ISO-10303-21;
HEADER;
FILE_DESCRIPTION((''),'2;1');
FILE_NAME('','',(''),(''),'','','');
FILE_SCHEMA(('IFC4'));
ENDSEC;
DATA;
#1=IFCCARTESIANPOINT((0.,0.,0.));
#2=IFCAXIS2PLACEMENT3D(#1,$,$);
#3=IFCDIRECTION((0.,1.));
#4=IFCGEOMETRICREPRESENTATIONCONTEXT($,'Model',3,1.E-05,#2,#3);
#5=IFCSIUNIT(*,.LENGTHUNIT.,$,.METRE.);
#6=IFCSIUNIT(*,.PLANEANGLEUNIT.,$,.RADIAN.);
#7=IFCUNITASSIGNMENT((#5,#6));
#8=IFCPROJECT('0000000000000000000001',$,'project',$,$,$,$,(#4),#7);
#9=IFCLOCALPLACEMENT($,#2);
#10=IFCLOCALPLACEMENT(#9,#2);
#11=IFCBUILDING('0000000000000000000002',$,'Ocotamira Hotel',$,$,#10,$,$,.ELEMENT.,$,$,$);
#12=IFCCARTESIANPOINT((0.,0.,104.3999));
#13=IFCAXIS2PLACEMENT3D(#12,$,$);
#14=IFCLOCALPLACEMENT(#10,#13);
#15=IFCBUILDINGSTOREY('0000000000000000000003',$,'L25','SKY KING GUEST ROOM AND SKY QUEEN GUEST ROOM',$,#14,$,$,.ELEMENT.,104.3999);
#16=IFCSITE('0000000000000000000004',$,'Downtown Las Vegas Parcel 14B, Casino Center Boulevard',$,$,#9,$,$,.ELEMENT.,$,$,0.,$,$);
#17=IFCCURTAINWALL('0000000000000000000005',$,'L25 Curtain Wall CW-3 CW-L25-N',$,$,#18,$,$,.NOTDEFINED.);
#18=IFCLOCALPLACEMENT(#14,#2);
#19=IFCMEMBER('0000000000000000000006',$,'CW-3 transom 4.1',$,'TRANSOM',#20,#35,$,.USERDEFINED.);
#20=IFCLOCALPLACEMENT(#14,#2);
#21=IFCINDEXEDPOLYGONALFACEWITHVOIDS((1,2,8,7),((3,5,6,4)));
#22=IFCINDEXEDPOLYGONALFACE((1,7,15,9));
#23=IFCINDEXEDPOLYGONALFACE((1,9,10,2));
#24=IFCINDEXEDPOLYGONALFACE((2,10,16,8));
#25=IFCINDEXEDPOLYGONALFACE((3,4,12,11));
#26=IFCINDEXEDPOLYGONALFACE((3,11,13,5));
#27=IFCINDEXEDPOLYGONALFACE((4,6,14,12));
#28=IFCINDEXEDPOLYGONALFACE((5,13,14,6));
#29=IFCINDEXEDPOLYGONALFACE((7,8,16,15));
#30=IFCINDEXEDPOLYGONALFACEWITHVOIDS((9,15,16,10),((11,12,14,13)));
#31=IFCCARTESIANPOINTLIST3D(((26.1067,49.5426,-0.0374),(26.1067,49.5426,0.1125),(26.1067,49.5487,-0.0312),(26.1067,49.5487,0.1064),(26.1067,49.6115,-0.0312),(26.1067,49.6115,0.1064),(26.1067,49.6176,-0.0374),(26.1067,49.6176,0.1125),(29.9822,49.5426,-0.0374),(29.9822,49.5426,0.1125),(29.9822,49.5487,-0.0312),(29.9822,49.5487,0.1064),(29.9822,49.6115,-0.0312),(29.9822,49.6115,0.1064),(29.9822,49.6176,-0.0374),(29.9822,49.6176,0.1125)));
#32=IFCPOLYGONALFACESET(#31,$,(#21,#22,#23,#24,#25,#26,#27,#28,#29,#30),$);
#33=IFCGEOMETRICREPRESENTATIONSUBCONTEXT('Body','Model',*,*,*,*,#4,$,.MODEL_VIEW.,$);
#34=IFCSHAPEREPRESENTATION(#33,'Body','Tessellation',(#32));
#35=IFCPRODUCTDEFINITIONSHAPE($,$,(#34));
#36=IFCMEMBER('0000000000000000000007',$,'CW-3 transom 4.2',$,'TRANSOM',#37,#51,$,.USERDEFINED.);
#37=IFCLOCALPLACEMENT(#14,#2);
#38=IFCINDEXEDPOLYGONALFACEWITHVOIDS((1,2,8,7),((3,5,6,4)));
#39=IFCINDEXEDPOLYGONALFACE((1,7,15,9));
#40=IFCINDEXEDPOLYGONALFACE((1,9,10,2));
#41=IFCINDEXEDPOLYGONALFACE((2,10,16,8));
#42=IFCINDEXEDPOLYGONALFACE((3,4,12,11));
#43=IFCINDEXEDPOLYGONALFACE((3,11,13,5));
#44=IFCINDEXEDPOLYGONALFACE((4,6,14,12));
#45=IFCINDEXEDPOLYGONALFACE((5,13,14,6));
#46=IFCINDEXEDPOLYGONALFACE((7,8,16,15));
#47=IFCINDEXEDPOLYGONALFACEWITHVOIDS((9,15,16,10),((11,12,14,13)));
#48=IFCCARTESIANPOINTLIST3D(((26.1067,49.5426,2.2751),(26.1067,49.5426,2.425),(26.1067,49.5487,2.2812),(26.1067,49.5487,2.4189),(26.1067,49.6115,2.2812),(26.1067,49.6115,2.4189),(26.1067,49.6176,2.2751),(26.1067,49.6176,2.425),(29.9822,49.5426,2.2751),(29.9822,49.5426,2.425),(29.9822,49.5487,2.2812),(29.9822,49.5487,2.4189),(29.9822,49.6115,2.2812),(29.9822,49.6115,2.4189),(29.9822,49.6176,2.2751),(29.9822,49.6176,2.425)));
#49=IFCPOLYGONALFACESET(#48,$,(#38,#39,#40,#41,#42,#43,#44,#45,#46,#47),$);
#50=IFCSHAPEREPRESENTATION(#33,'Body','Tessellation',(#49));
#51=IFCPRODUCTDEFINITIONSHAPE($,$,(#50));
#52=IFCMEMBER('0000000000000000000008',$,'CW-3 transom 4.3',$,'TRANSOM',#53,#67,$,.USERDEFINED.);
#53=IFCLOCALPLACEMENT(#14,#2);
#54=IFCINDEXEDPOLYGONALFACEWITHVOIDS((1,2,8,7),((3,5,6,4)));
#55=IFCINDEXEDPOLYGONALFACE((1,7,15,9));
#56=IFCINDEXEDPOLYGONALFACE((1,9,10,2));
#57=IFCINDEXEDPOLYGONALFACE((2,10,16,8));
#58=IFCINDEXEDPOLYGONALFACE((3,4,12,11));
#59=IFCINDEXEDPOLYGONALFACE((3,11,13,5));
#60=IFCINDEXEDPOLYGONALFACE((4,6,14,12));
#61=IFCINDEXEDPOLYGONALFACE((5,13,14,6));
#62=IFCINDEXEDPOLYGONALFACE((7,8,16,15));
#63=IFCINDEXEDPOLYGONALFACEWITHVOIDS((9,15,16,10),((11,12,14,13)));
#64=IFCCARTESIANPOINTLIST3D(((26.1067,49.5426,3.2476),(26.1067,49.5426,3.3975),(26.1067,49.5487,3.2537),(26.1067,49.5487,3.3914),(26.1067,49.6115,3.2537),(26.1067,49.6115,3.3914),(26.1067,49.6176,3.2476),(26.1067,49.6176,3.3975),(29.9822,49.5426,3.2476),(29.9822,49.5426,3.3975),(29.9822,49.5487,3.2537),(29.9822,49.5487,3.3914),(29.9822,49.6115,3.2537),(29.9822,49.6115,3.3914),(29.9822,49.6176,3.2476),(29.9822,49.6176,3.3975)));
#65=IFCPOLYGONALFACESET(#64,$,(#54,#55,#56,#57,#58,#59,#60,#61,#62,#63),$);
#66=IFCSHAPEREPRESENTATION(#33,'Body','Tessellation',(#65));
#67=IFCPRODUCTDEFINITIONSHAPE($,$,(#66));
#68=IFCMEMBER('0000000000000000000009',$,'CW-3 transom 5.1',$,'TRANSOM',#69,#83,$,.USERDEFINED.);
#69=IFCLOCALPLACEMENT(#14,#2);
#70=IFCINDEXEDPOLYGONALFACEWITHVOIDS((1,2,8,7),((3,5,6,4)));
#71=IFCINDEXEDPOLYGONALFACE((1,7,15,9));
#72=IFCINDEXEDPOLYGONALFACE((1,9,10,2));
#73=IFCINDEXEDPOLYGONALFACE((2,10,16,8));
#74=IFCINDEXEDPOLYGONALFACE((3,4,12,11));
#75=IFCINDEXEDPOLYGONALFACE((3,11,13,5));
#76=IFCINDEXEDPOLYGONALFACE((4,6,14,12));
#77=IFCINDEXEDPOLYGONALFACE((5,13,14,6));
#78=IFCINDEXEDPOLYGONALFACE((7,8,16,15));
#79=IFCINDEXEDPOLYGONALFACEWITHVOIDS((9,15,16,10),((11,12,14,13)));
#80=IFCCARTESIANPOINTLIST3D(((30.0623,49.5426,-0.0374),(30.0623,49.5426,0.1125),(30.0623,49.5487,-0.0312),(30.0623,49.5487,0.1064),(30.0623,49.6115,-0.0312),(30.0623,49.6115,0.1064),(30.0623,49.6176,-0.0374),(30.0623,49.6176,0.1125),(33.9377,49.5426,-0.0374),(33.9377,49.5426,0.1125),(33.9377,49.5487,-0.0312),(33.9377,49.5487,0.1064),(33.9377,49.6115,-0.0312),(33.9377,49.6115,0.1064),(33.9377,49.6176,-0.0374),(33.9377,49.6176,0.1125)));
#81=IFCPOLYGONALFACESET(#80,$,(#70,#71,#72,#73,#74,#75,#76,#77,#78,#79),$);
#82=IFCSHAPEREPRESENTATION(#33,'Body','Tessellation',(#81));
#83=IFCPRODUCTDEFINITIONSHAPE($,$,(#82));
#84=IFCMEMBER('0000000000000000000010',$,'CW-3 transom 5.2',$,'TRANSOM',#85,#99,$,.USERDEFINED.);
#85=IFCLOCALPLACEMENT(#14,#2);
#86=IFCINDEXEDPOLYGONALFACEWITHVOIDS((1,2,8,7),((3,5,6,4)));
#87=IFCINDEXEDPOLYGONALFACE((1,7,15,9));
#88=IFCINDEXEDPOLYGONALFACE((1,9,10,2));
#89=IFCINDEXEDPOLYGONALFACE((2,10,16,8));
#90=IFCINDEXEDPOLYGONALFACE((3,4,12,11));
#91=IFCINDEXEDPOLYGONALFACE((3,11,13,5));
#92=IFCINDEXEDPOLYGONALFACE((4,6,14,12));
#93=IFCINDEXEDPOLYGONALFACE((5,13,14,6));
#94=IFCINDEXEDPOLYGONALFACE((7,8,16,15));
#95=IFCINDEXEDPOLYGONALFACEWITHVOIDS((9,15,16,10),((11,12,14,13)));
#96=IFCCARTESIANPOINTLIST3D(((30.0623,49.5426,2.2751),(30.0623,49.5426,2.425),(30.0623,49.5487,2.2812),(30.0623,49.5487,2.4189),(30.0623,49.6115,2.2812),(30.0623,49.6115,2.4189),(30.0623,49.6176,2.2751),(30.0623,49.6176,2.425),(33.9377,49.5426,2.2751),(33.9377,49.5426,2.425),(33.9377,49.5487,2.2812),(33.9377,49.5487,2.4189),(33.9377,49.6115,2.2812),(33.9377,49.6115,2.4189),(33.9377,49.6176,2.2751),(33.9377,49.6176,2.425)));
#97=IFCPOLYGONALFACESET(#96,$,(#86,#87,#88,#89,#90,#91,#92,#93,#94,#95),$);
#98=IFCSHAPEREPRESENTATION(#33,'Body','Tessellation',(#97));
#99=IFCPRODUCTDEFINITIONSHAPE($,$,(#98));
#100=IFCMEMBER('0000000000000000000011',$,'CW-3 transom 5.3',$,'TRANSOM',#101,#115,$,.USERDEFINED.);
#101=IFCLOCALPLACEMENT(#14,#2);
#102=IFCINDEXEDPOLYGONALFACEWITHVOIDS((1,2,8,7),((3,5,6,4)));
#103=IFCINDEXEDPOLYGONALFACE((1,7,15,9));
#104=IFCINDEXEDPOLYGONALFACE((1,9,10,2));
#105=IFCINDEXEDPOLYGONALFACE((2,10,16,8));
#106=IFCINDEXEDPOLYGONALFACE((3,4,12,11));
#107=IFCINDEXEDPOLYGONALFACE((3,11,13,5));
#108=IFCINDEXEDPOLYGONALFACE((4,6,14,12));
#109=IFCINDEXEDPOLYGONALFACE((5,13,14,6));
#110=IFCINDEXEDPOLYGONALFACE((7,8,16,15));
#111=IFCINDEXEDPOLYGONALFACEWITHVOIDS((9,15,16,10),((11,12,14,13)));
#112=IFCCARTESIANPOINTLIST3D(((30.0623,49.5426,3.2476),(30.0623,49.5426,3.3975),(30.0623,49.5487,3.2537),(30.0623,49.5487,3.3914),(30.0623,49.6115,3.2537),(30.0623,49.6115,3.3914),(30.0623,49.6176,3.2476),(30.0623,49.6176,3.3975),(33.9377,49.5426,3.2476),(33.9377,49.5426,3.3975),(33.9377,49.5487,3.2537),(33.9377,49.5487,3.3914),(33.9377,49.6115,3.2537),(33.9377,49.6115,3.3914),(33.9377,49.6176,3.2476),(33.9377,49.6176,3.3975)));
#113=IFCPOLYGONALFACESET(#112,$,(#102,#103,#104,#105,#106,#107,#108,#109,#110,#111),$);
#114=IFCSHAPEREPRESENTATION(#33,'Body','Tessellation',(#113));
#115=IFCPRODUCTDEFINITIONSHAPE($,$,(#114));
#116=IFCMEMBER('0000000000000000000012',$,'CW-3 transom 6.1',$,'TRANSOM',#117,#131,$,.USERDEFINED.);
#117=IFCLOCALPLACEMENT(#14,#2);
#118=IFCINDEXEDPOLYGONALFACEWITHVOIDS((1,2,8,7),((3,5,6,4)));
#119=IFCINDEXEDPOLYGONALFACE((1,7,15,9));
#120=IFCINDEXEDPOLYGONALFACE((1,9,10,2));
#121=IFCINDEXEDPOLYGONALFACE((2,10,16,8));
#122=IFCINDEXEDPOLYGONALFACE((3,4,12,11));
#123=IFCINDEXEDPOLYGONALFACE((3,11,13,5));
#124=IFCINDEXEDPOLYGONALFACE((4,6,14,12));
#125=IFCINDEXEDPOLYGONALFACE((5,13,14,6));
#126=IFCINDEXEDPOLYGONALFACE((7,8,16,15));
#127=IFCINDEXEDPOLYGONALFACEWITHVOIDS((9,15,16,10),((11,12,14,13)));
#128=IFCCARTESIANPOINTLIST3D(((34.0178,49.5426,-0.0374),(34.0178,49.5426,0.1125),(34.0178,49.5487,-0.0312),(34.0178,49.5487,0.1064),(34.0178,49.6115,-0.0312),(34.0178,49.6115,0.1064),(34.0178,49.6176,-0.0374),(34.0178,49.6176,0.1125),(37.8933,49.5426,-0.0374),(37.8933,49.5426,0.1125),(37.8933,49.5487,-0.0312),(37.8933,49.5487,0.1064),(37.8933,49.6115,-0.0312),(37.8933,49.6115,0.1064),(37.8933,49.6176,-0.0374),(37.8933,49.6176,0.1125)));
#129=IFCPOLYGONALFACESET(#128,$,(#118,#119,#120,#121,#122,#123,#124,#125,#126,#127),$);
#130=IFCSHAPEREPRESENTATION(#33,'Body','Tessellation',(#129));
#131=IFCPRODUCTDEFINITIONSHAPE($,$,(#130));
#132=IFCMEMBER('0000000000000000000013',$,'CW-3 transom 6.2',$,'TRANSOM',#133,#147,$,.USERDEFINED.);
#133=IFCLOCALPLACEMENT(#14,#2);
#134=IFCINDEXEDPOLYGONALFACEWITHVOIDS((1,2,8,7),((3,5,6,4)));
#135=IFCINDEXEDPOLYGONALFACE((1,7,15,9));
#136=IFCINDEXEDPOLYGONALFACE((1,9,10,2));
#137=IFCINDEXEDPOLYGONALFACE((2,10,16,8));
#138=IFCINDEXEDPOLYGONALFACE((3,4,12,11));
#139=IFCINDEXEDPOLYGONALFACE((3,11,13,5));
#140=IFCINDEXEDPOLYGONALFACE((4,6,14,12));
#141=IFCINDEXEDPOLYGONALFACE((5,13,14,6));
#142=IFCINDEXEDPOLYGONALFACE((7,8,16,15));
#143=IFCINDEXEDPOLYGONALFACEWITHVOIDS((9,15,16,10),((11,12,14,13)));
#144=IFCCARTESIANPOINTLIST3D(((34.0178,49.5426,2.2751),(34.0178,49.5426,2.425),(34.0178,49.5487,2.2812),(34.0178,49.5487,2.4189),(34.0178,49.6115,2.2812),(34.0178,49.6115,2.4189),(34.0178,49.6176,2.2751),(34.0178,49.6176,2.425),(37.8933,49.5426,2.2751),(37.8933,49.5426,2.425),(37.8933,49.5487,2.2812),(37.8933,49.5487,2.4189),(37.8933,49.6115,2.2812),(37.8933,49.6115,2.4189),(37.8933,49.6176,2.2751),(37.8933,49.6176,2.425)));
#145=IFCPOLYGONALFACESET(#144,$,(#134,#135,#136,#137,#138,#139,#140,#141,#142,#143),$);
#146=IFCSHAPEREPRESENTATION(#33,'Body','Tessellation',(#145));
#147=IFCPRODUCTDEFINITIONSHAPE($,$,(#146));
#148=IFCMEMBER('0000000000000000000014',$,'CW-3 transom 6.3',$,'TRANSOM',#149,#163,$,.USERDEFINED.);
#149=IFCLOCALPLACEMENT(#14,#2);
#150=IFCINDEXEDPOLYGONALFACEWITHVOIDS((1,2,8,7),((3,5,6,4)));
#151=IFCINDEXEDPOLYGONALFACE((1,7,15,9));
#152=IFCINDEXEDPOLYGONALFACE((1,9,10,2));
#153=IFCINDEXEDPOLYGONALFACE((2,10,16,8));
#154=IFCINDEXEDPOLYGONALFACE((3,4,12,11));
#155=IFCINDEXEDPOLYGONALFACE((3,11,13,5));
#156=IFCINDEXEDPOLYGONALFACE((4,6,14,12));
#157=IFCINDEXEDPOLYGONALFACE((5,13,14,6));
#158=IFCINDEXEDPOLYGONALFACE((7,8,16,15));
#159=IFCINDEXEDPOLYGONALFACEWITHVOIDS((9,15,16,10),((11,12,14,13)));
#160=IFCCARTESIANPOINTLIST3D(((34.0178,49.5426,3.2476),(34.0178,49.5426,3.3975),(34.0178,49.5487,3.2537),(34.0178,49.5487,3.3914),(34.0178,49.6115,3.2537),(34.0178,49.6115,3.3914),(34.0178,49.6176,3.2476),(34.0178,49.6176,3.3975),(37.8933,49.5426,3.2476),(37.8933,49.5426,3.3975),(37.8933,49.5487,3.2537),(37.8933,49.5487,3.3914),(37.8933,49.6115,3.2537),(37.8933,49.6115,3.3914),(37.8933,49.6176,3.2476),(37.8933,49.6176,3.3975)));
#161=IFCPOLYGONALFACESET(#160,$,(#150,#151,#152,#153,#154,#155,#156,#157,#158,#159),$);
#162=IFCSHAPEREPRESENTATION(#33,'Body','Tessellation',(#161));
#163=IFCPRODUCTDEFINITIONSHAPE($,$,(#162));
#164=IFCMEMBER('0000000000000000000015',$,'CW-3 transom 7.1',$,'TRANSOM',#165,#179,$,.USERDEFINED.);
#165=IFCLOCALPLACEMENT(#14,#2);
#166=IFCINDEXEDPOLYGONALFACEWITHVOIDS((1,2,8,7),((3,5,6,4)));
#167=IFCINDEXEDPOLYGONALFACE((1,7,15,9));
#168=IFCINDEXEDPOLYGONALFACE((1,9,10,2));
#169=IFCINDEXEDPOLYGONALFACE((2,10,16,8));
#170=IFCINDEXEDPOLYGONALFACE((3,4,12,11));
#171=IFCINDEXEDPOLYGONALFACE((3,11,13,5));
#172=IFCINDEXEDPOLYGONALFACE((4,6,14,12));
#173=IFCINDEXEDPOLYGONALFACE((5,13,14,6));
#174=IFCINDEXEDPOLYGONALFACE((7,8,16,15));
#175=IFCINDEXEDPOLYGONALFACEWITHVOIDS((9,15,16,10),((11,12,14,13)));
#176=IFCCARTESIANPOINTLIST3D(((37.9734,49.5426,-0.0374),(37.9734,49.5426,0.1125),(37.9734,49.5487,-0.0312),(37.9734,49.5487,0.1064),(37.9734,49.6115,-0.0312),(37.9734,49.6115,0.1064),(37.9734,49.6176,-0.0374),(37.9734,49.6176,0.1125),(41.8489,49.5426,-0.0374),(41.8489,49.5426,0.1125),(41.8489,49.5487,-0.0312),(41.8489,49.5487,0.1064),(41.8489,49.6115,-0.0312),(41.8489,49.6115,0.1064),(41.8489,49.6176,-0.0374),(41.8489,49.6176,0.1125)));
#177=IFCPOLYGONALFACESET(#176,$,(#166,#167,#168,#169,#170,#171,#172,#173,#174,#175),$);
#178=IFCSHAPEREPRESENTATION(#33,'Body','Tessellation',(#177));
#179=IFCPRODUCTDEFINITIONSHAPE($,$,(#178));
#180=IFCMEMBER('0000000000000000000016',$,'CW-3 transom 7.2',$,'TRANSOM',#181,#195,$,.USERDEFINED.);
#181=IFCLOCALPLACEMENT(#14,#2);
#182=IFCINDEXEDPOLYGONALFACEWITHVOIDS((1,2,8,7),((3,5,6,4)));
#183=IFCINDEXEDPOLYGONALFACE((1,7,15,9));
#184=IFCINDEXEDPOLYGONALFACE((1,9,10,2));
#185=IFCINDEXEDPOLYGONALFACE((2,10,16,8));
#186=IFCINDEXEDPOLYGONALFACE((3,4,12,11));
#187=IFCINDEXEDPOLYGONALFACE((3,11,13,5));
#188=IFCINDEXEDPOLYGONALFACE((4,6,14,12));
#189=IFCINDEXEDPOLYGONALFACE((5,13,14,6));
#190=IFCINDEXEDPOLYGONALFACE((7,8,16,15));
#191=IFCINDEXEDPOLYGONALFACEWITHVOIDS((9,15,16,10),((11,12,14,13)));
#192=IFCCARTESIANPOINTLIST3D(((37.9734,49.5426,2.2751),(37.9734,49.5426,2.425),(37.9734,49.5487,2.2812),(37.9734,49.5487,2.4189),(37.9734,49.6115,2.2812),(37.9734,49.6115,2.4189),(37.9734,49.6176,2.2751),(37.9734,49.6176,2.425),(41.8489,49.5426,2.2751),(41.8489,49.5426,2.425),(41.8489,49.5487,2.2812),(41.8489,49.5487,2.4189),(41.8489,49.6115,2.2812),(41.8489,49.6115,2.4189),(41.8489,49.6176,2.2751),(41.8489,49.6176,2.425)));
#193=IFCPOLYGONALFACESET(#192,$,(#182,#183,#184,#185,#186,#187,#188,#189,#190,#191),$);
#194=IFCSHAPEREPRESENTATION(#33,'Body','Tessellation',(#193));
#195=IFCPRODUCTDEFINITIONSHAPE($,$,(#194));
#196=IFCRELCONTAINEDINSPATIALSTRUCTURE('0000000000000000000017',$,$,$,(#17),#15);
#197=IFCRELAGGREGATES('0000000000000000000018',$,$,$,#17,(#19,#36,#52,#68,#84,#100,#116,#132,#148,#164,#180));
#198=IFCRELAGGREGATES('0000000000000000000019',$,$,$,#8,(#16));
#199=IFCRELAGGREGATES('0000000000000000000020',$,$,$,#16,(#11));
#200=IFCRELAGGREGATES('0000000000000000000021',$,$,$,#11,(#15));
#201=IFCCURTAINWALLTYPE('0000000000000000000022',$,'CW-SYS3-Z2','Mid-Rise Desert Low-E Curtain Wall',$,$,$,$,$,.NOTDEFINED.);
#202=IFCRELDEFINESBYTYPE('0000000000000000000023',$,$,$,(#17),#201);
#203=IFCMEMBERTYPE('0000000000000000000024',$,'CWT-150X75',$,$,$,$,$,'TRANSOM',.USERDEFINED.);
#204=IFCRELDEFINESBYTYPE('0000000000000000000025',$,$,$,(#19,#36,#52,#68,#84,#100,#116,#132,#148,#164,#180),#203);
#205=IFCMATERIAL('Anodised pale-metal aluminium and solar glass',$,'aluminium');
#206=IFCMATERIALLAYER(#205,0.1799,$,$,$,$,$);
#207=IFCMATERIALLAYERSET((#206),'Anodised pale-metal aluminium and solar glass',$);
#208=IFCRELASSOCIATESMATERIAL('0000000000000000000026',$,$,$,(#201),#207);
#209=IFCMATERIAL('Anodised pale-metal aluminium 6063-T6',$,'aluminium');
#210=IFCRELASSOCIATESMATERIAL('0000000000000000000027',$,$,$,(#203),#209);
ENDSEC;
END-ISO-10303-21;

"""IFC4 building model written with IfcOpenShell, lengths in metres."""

from ifc_helpers import new_model, si_unit, direction, frame, origin, origin_2d, place, context, subcontext, project, spatial, hollow_rectangle, extrude, source, transform, mapped, material, layer, layer_set, material_profile, profile_set, type_object, element, aggregate, save


model = new_model("IFC4")

# Units and contexts
model_context = context("Model", 3, precision=1e-05, world=origin(), true_north=direction((0.0, 1.0)))
body_context = subcontext(model_context, "Body", "Model", "MODEL_VIEW")
ifc_project = project(units=[si_unit("LENGTHUNIT", "METRE"), si_unit("PLANEANGLEUNIT", "RADIAN")], contexts=[model_context])

# Site, building, storey
site_placement = place(None, origin())
site = spatial("IfcSite", under=ifc_project, at=site_placement, Name="Downtown Las Vegas Parcel 14B, Casino Center Boulevard", CompositionType="ELEMENT", RefElevation=0.0)
building_placement = place(site_placement, origin())
building = spatial("IfcBuilding", under=site, at=building_placement, Name="Ocotamira Hotel", CompositionType="ELEMENT")
storey_placement = place(building_placement, frame((0.0, 0.0, 104.3999)))
storey = spatial("IfcBuildingStorey", under=building, at=storey_placement, Name="L25", Description="SKY KING GUEST ROOM AND SKY QUEEN GUEST ROOM", CompositionType="ELEMENT", Elevation=104.3999)

# Curtain wall, members
ifc_material_1 = material(Name="Anodised pale-metal aluminium and solar glass", Category="aluminium")
ifc_layer_1 = layer(ifc_material_1, 0.1799)
ifc_layer_set_1 = layer_set([ifc_layer_1], Name="Anodised pale-metal aluminium and solar glass")
curtain_wall_type = type_object("IfcCurtainWallType", Name="CW-SYS3-Z2", Description="Mid-Rise Desert Low-E Curtain Wall", PredefinedType="NOTDEFINED", material=ifc_layer_set_1)
curtain_wall_placement = place(storey_placement, origin())
curtain_wall = element("IfcCurtainWall", 1, at=curtain_wall_placement, inside=storey, type_object=curtain_wall_type, Name="L25 Curtain Wall CW-3 CW-L25-N", PredefinedType="NOTDEFINED")
ifc_material_2 = material(Name="Anodised pale-metal aluminium 6063-T6", Category="aluminium")
ifc_material_profile_1 = material_profile(ifc_material_2, hollow_rectangle(XDim=0.075, YDim=0.1499, WallThickness=0.0061, at=origin_2d()), Name="HSS150X75X6")
ifc_profile_set_1 = profile_set([ifc_material_profile_1], Name="Anodised pale-metal aluminium 6063-T6")
member_type_1 = type_object("IfcMemberType", Name="CWT-150X75", ElementType="TRANSOM", PredefinedType="USERDEFINED", material=ifc_profile_set_1)
shared_shape_1 = source(origin(), body_context, "Body", "SweptSolid", [
    extrude(hollow_rectangle(XDim=0.075, YDim=0.1499, WallThickness=0.0061, at=origin_2d()), origin(), (0.0, 0.0, 1.0), 3.8755),
])
member_1_placement = place(storey_placement, frame((26.1067, 49.5801, 0.0376), z_axis=(1.0, 0.0, 0.0), x_axis=(0.0, 1.0, 0.0)))
member_1 = element("IfcMember", 2, at=member_1_placement, type_object=member_type_1, Name="CW-3 transom 4.1", ObjectType="TRANSOM", PredefinedType="USERDEFINED", context=body_context, shape_type="MappedRepresentation", body=[
    mapped(shared_shape_1, transform((0.0, 0.0, 0.0), scale=1.0)),
])
member_2_placement = place(storey_placement, frame((26.1067, 49.5801, 2.3501), z_axis=(1.0, 0.0, 0.0), x_axis=(0.0, 1.0, 0.0)))
member_2 = element("IfcMember", 3, at=member_2_placement, type_object=member_type_1, Name="CW-3 transom 4.2", ObjectType="TRANSOM", PredefinedType="USERDEFINED", context=body_context, shape_type="MappedRepresentation", body=[
    mapped(shared_shape_1, transform((0.0, 0.0, 0.0), scale=1.0)),
])
member_3_placement = place(storey_placement, frame((26.1067, 49.5801, 3.3225), z_axis=(1.0, 0.0, 0.0), x_axis=(0.0, 1.0, 0.0)))
member_3 = element("IfcMember", 4, at=member_3_placement, type_object=member_type_1, Name="CW-3 transom 4.3", ObjectType="TRANSOM", PredefinedType="USERDEFINED", context=body_context, shape_type="MappedRepresentation", body=[
    mapped(shared_shape_1, transform((0.0, 0.0, 0.0), scale=1.0)),
])
member_4_placement = place(storey_placement, frame((30.0623, 49.5801, 0.0376), z_axis=(1.0, 0.0, 0.0), x_axis=(0.0, 1.0, 0.0)))
member_4 = element("IfcMember", 5, at=member_4_placement, type_object=member_type_1, Name="CW-3 transom 5.1", ObjectType="TRANSOM", PredefinedType="USERDEFINED", context=body_context, shape_type="MappedRepresentation", body=[
    mapped(shared_shape_1, transform((0.0, 0.0, 0.0), scale=1.0)),
])
member_5_placement = place(storey_placement, frame((30.0623, 49.5801, 2.3501), z_axis=(1.0, 0.0, 0.0), x_axis=(0.0, 1.0, 0.0)))
member_5 = element("IfcMember", 6, at=member_5_placement, type_object=member_type_1, Name="CW-3 transom 5.2", ObjectType="TRANSOM", PredefinedType="USERDEFINED", context=body_context, shape_type="MappedRepresentation", body=[
    mapped(shared_shape_1, transform((0.0, 0.0, 0.0), scale=1.0)),
])
member_6_placement = place(storey_placement, frame((30.0623, 49.5801, 3.3225), z_axis=(1.0, 0.0, 0.0), x_axis=(0.0, 1.0, 0.0)))
member_6 = element("IfcMember", 7, at=member_6_placement, type_object=member_type_1, Name="CW-3 transom 5.3", ObjectType="TRANSOM", PredefinedType="USERDEFINED", context=body_context, shape_type="MappedRepresentation", body=[
    mapped(shared_shape_1, transform((0.0, 0.0, 0.0), scale=1.0)),
])
member_7_placement = place(storey_placement, frame((34.0178, 49.5801, 0.0376), z_axis=(1.0, 0.0, 0.0), x_axis=(0.0, 1.0, 0.0)))
member_7 = element("IfcMember", 8, at=member_7_placement, type_object=member_type_1, Name="CW-3 transom 6.1", ObjectType="TRANSOM", PredefinedType="USERDEFINED", context=body_context, shape_type="MappedRepresentation", body=[
    mapped(shared_shape_1, transform((0.0, 0.0, 0.0), scale=1.0)),
])
member_8_placement = place(storey_placement, frame((34.0178, 49.5801, 2.3501), z_axis=(1.0, 0.0, 0.0), x_axis=(0.0, 1.0, 0.0)))
member_8 = element("IfcMember", 9, at=member_8_placement, type_object=member_type_1, Name="CW-3 transom 6.2", ObjectType="TRANSOM", PredefinedType="USERDEFINED", context=body_context, shape_type="MappedRepresentation", body=[
    mapped(shared_shape_1, transform((0.0, 0.0, 0.0), scale=1.0)),
])
member_9_placement = place(storey_placement, frame((34.0178, 49.5801, 3.3225), z_axis=(1.0, 0.0, 0.0), x_axis=(0.0, 1.0, 0.0)))
member_9 = element("IfcMember", 10, at=member_9_placement, type_object=member_type_1, Name="CW-3 transom 6.3", ObjectType="TRANSOM", PredefinedType="USERDEFINED", context=body_context, shape_type="MappedRepresentation", body=[
    mapped(shared_shape_1, transform((0.0, 0.0, 0.0), scale=1.0)),
])
member_10_placement = place(storey_placement, frame((37.9734, 49.5801, 0.0376), z_axis=(1.0, 0.0, 0.0), x_axis=(0.0, 1.0, 0.0)))
member_10 = element("IfcMember", 11, at=member_10_placement, type_object=member_type_1, Name="CW-3 transom 7.1", ObjectType="TRANSOM", PredefinedType="USERDEFINED", context=body_context, shape_type="MappedRepresentation", body=[
    mapped(shared_shape_1, transform((0.0, 0.0, 0.0), scale=1.0)),
])
member_11_placement = place(storey_placement, frame((37.9734, 49.5801, 2.3501), z_axis=(1.0, 0.0, 0.0), x_axis=(0.0, 1.0, 0.0)))
member_11 = element("IfcMember", 12, at=member_11_placement, type_object=member_type_1, Name="CW-3 transom 7.2", ObjectType="TRANSOM", PredefinedType="USERDEFINED", context=body_context, shape_type="MappedRepresentation", body=[
    mapped(shared_shape_1, transform((0.0, 0.0, 0.0), scale=1.0)),
])

aggregate(curtain_wall, [member_1, member_2, member_3, member_4, member_5, member_6, member_7, member_8, member_9, member_10, member_11])

save(model, "model.ifc")
